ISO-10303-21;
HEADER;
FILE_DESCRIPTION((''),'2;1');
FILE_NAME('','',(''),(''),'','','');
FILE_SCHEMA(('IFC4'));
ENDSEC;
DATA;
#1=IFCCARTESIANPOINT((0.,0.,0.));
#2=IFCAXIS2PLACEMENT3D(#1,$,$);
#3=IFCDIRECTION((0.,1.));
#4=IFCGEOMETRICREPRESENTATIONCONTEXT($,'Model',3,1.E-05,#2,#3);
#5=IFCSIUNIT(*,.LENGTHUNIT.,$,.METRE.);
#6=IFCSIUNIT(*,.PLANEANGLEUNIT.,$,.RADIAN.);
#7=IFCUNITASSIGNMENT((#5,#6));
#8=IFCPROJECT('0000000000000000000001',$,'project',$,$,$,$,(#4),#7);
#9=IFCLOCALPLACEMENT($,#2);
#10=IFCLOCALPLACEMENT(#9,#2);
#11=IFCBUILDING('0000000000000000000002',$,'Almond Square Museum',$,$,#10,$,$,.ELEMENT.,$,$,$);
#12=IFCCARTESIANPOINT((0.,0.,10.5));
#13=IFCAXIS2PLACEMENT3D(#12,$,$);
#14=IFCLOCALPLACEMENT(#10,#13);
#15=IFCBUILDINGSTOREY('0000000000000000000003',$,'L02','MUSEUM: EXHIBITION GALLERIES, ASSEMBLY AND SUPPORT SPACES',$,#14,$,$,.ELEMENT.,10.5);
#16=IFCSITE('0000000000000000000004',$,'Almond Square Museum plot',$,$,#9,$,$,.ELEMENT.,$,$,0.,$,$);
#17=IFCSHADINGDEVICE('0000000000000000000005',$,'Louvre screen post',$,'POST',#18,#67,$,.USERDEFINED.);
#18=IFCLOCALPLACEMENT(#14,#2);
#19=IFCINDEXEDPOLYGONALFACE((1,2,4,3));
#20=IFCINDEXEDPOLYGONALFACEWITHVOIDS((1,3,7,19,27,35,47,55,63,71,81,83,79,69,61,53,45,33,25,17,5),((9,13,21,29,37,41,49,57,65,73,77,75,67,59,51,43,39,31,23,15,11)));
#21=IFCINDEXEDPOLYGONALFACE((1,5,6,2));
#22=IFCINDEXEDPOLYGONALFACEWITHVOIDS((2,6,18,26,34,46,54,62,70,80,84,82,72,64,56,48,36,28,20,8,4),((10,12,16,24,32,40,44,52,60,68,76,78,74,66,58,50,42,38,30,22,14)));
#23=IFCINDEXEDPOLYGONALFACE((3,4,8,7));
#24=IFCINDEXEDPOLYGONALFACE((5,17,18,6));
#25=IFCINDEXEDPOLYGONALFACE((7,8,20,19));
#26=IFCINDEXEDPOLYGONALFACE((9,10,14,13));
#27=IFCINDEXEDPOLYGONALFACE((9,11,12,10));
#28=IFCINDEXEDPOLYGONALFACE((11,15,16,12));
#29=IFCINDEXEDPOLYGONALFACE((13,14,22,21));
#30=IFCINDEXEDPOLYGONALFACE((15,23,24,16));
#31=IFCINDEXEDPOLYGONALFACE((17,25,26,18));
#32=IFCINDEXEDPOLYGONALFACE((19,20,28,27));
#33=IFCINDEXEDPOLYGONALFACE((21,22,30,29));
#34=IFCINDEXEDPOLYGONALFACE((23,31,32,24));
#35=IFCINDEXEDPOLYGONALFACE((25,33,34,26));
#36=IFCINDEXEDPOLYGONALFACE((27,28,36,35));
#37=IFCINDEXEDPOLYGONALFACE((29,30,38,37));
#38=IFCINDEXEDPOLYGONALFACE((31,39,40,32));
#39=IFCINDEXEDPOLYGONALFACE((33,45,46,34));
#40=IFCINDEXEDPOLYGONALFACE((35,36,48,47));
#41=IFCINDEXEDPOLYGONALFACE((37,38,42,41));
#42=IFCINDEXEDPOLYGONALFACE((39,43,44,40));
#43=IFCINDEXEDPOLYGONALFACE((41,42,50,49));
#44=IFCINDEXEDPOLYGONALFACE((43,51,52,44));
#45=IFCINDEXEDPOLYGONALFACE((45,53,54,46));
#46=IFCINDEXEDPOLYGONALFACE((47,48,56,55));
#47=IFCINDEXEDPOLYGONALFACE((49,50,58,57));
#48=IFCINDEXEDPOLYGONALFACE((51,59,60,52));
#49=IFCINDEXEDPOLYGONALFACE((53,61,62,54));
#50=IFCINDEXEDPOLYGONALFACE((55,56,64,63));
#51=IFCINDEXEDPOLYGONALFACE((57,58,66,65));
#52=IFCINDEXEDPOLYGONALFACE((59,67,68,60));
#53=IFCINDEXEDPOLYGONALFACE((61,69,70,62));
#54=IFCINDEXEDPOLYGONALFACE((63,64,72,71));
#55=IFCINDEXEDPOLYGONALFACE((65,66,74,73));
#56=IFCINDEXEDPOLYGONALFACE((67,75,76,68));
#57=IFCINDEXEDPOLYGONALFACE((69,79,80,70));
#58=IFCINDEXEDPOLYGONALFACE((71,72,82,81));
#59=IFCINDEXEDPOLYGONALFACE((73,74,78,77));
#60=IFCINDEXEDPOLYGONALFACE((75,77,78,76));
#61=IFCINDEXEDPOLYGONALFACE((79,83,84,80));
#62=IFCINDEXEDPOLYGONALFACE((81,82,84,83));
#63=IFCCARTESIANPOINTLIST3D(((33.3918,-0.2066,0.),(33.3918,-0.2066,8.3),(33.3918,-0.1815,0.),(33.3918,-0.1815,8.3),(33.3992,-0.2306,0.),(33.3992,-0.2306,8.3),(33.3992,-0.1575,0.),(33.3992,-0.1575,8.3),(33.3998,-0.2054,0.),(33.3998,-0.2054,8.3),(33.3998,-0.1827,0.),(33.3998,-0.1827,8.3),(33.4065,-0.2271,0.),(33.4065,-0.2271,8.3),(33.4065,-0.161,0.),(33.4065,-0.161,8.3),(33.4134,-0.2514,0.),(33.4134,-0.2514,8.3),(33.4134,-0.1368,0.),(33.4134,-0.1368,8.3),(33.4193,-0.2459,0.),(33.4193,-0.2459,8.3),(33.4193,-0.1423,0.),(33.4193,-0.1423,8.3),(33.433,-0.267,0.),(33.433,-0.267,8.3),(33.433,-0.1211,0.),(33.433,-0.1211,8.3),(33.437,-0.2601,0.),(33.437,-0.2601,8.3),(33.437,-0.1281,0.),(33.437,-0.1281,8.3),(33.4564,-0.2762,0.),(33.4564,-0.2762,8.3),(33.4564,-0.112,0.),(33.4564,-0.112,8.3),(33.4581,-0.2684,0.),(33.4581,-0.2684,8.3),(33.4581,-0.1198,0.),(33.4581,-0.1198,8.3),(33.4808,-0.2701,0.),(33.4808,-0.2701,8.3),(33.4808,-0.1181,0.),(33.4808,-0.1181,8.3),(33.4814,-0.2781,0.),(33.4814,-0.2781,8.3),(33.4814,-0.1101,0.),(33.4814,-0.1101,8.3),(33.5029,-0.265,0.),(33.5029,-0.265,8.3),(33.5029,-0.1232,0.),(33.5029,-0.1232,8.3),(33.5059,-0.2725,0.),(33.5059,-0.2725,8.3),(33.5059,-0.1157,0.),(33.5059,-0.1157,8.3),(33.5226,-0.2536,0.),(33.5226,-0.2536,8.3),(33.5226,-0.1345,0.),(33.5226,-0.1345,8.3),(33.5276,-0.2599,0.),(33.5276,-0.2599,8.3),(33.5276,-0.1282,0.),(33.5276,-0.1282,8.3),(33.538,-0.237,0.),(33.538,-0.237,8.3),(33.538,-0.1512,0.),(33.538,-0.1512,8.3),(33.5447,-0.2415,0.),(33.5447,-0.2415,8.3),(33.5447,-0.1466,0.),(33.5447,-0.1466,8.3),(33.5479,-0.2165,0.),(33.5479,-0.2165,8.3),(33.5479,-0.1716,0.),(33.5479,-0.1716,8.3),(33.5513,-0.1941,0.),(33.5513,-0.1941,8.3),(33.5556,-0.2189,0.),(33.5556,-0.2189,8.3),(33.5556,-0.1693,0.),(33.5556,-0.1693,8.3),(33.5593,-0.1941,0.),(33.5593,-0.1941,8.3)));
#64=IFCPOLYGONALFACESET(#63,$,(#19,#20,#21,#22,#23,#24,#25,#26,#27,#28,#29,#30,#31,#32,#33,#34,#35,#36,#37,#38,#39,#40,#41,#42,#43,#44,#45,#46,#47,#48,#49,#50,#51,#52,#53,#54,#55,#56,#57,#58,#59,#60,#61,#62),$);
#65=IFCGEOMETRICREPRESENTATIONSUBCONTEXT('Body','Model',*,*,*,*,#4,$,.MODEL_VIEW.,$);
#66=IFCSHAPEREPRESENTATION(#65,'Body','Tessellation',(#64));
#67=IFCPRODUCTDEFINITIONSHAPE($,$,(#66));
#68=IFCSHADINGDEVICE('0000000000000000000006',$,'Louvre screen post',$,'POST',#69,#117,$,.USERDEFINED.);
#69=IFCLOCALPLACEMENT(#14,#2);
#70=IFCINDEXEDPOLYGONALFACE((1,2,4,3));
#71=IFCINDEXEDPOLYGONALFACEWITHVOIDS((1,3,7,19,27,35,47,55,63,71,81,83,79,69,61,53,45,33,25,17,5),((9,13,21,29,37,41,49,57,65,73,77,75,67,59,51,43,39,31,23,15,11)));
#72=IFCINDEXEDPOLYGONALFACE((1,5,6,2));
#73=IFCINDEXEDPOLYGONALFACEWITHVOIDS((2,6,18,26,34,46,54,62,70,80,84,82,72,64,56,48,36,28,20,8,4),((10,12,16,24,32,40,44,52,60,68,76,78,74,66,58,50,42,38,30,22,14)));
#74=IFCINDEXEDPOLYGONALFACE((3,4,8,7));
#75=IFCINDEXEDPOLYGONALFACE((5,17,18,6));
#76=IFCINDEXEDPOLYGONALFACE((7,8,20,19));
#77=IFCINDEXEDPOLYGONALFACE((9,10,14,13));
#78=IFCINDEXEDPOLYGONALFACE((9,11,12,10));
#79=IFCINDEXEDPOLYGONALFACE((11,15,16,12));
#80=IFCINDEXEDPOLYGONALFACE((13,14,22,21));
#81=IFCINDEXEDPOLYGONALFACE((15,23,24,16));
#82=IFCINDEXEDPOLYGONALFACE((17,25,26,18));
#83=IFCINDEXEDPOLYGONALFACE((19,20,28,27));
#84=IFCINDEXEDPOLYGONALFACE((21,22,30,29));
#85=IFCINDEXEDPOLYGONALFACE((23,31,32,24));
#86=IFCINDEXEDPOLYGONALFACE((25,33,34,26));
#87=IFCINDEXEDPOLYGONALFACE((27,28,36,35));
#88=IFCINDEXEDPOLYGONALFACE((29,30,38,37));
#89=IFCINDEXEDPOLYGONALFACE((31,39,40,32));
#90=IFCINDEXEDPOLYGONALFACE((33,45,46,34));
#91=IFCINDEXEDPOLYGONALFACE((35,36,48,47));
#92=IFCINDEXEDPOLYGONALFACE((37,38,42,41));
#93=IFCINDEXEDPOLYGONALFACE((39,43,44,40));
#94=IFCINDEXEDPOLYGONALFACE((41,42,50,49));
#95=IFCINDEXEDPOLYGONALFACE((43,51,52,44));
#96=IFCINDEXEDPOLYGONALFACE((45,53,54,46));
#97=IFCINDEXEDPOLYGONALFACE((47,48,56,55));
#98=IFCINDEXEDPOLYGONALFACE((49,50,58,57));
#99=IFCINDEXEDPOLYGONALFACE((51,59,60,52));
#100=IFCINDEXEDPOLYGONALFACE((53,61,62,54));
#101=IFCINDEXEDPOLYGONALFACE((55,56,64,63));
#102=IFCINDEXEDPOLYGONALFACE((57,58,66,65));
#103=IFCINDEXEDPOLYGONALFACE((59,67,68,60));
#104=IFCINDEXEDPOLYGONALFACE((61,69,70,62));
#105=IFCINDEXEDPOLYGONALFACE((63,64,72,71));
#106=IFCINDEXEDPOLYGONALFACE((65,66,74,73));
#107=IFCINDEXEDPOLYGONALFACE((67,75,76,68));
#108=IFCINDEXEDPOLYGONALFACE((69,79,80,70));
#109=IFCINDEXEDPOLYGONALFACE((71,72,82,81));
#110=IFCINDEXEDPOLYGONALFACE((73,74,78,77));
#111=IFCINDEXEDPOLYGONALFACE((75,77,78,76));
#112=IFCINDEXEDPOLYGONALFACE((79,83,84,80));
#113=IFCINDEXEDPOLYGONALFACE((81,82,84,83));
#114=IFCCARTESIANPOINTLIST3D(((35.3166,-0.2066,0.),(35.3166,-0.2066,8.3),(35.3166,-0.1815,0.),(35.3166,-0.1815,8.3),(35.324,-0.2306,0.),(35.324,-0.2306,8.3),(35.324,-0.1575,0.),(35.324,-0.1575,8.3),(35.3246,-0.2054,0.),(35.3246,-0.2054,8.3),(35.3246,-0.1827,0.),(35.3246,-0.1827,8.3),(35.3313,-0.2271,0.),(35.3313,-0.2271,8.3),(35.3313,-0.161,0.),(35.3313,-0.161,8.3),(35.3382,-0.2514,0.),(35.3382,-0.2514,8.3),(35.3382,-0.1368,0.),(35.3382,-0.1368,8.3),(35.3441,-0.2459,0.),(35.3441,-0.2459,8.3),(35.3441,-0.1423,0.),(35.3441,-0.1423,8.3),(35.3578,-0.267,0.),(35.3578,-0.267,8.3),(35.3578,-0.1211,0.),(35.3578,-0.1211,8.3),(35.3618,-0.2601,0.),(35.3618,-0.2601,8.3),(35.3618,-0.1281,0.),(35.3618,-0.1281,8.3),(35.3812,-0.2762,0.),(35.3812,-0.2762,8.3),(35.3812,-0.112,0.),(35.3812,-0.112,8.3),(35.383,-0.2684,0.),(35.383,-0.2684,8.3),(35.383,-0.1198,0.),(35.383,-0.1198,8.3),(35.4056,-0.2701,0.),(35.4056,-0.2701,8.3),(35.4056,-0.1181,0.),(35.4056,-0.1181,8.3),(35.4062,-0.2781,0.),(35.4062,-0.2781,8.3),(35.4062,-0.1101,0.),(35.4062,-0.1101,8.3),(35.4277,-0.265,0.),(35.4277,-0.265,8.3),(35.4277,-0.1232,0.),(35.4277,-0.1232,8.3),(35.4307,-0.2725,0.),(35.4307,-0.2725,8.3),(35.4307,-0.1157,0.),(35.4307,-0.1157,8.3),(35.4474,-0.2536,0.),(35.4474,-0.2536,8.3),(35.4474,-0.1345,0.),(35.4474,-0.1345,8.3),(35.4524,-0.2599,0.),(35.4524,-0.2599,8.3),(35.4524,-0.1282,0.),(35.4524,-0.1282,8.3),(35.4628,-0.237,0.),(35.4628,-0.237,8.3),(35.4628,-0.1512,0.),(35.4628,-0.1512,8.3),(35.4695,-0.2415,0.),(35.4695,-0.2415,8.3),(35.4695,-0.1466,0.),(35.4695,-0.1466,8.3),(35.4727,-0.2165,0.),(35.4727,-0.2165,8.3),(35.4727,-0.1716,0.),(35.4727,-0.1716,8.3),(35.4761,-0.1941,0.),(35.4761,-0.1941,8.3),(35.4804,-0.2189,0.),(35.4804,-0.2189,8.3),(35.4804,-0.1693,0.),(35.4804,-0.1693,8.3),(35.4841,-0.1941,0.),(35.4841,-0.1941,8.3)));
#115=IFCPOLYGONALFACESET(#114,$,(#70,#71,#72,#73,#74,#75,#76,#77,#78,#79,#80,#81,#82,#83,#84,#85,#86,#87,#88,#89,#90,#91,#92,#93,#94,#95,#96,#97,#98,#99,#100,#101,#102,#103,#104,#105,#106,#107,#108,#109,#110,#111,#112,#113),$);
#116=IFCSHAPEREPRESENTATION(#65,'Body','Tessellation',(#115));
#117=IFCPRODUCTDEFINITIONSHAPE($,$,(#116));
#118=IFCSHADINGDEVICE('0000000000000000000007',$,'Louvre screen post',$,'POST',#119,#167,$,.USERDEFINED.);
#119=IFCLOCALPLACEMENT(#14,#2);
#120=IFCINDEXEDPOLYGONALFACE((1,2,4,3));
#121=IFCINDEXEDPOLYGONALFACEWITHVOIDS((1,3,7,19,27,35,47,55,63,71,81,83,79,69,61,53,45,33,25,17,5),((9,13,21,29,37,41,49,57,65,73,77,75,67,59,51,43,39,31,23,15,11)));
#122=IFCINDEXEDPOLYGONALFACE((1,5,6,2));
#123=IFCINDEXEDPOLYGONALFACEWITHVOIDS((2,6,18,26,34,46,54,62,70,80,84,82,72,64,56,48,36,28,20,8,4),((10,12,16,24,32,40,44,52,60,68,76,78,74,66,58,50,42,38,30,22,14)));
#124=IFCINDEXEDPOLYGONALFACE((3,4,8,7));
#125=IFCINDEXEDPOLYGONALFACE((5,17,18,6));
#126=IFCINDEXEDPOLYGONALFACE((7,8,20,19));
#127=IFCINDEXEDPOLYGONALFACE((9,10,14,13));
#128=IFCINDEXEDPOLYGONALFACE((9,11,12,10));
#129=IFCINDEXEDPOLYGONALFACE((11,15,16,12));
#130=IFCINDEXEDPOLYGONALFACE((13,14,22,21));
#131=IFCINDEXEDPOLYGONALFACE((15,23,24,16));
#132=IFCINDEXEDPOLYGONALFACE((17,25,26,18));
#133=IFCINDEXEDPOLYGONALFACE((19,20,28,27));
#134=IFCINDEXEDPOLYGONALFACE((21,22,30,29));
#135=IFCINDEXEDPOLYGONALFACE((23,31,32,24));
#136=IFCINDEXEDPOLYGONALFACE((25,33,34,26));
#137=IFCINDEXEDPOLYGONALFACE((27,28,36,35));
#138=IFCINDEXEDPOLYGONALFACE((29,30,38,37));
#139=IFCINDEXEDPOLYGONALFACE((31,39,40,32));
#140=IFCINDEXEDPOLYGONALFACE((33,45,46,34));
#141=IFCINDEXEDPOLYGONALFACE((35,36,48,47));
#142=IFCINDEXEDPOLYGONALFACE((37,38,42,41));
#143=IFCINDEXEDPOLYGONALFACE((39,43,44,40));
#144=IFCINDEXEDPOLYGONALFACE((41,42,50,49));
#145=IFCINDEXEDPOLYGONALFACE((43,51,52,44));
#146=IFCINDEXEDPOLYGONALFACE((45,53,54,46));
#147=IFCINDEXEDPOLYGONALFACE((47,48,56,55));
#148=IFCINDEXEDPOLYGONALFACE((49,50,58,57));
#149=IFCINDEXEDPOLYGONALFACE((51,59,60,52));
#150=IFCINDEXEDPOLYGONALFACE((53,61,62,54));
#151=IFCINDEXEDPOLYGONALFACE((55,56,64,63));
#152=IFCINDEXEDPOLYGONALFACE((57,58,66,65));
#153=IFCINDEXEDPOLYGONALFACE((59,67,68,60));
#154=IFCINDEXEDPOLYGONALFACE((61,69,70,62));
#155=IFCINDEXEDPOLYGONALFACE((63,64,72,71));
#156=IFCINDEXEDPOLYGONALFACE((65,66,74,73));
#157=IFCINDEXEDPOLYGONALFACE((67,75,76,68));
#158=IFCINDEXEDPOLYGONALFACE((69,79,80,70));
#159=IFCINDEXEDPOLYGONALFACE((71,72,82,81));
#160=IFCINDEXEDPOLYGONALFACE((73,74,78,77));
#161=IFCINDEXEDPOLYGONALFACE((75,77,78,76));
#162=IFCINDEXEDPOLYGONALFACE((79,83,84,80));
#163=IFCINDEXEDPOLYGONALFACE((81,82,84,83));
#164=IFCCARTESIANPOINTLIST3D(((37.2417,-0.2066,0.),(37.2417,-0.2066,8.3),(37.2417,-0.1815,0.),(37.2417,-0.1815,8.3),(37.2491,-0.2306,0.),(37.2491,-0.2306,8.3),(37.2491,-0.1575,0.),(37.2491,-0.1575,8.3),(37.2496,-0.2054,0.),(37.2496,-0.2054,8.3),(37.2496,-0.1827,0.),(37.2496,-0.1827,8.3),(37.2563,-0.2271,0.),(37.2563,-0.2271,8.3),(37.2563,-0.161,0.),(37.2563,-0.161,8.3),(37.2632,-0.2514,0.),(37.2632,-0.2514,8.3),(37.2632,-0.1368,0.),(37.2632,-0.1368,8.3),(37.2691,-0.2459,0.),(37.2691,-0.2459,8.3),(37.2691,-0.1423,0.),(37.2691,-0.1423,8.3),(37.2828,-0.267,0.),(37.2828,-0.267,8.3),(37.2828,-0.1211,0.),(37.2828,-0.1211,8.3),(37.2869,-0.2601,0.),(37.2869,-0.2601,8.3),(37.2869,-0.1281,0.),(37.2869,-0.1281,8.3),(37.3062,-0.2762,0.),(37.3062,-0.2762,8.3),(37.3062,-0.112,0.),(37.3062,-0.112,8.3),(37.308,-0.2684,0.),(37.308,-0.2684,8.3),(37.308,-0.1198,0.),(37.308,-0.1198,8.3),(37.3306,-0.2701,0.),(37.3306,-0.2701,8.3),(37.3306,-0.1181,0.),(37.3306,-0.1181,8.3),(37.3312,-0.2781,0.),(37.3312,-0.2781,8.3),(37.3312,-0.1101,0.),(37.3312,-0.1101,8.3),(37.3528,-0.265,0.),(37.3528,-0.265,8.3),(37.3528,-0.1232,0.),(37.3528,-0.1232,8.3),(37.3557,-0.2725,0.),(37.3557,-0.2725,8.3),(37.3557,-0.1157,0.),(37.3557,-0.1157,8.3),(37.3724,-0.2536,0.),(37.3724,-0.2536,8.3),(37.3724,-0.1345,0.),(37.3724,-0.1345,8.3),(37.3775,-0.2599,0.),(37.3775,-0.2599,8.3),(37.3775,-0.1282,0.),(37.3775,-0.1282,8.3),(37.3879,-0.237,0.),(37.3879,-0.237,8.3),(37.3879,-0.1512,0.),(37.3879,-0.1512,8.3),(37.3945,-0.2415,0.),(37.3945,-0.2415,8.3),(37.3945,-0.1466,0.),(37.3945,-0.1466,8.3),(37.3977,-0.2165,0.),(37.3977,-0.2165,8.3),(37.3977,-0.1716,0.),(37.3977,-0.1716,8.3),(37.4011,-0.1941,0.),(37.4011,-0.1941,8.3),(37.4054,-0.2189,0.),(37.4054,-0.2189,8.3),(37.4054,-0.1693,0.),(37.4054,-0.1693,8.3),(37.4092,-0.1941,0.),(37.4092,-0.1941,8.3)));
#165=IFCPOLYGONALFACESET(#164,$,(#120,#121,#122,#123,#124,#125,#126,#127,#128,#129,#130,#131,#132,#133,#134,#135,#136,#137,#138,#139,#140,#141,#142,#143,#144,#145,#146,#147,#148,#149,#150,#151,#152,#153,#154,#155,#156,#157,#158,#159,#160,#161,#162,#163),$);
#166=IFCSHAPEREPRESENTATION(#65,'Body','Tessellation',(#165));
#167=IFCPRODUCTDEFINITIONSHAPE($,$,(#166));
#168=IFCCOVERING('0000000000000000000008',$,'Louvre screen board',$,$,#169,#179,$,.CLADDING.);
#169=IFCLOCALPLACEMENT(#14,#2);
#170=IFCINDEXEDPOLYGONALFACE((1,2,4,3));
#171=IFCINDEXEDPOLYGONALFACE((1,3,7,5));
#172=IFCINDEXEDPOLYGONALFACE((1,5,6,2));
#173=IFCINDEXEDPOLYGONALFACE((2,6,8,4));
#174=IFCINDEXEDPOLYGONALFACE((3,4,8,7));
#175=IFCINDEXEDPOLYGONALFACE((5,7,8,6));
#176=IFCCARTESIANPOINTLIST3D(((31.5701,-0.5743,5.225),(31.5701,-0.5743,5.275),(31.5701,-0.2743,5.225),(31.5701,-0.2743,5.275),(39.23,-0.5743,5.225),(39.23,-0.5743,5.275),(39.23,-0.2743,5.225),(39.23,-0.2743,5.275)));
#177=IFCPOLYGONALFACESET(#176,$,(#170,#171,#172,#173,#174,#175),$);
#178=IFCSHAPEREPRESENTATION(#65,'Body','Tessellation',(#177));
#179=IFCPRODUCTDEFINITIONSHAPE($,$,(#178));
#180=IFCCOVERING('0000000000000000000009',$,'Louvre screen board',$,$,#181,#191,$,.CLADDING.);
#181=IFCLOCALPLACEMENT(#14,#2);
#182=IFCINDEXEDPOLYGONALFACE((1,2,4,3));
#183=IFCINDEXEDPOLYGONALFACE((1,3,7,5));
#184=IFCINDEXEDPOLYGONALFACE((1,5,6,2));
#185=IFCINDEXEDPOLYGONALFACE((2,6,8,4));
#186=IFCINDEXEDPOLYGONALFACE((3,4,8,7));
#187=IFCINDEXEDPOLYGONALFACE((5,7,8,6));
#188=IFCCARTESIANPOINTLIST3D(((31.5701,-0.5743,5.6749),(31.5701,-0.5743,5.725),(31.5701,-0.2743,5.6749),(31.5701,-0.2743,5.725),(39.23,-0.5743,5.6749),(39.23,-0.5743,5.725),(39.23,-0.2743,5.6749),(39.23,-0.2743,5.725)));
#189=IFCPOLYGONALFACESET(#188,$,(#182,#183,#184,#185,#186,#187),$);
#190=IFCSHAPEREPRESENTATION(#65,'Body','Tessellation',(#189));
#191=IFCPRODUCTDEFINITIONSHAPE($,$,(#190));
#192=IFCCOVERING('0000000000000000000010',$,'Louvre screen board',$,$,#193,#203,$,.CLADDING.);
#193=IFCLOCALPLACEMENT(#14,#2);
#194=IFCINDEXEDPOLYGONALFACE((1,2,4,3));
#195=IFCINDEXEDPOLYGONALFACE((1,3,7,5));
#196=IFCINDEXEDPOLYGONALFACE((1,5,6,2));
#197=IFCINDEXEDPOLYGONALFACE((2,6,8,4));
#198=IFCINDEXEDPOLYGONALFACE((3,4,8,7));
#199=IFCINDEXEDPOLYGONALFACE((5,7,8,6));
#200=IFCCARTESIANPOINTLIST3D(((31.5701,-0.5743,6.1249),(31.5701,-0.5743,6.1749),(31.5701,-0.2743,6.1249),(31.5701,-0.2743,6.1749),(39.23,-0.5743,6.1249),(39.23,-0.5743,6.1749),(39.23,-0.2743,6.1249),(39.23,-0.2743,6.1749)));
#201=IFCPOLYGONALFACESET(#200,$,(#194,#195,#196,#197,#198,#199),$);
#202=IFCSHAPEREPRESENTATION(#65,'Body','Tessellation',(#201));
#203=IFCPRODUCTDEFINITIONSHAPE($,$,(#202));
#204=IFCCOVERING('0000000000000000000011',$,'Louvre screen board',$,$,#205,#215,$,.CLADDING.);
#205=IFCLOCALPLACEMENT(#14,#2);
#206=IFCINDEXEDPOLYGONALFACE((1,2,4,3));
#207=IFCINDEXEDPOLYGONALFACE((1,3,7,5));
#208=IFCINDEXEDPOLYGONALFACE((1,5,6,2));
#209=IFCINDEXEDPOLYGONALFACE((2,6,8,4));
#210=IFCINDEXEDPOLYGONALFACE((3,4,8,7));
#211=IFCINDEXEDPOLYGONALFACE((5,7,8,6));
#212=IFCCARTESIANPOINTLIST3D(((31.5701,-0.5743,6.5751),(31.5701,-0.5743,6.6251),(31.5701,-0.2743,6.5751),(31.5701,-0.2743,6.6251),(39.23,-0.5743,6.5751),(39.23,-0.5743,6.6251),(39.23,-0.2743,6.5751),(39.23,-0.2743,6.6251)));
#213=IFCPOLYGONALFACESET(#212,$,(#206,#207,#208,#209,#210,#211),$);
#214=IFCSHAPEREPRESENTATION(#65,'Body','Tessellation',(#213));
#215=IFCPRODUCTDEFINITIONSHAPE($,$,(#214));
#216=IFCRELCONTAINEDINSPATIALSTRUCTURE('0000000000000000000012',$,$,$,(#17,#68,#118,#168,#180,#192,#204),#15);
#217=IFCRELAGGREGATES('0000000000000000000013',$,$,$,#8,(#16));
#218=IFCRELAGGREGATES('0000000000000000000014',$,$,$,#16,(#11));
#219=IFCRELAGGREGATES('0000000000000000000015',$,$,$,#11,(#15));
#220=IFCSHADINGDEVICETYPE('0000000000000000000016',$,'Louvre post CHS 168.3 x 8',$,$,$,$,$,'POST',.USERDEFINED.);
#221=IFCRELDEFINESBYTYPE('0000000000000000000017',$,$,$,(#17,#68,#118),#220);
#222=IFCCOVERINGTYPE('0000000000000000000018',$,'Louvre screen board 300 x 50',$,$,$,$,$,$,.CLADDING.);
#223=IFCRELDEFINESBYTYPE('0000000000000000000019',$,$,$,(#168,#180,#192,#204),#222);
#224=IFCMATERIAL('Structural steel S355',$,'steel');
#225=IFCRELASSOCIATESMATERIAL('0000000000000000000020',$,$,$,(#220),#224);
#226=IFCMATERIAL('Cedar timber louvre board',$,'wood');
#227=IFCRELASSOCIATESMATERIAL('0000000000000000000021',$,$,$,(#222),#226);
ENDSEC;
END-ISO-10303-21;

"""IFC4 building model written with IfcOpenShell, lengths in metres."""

from ifc_helpers import new_model, si_unit, direction, frame, origin, origin_2d, place, context, subcontext, project, spatial, rectangle, hollow_circle, extrude, material, material_profile, profile_set, type_object, element, save


model = new_model("IFC4")

# Units and contexts
model_context = context("Model", 3, precision=1e-05, world=origin(), true_north=direction((0.0, 1.0)))
body_context = subcontext(model_context, "Body", "Model", "MODEL_VIEW")
ifc_project = project(units=[si_unit("LENGTHUNIT", "METRE"), si_unit("PLANEANGLEUNIT", "RADIAN")], contexts=[model_context])

# Site, building, storey
site_placement = place(None, origin())
site = spatial("IfcSite", under=ifc_project, at=site_placement, Name="Almond Square Museum plot", CompositionType="ELEMENT", RefElevation=0.0)
building_placement = place(site_placement, origin())
building = spatial("IfcBuilding", under=site, at=building_placement, Name="Almond Square Museum", CompositionType="ELEMENT")
storey_placement = place(building_placement, frame((0.0, 0.0, 10.5)))
storey = spatial("IfcBuildingStorey", under=building, at=storey_placement, Name="L02", Description="MUSEUM: EXHIBITION GALLERIES, ASSEMBLY AND SUPPORT SPACES", CompositionType="ELEMENT", Elevation=10.5)

# Shading devices
ifc_material_1 = material(Name="Structural steel S355", Category="steel")
ifc_material_profile_1 = material_profile(ifc_material_1, hollow_circle(Radius=0.0842, WallThickness=0.0081, at=origin_2d()))
ifc_profile_set_1 = profile_set([ifc_material_profile_1], Name="Structural steel S355")
shading_device_type = type_object("IfcShadingDeviceType", Name="Louvre post CHS 168.3 x 8", ElementType="POST", PredefinedType="USERDEFINED", material=ifc_profile_set_1)
for number, where, z_axis, x_axis, name in (
    (1, (33.4751, -0.1941, 0.0), (0.0, 0.0, 1.0), (1.0, 0.0, 0.0), "Louvre screen post"),
    (2, (35.3999, -0.1941, 0.0), (0.0, 0.0, 1.0), (1.0, 0.0, 0.0), "Louvre screen post"),
    (3, (37.325, -0.1941, 0.0), (0.0, 0.0, 1.0), (1.0, 0.0, 0.0), "Louvre screen post"),
):
    element("IfcShadingDevice", number, at=place(storey_placement, frame(where, z_axis=z_axis, x_axis=x_axis)), inside=storey, type_object=shading_device_type, Name=name, ObjectType="POST", PredefinedType="USERDEFINED", context=body_context, shape_type="SweptSolid", body=[
        extrude(hollow_circle(Radius=0.0842, WallThickness=0.0081, at=origin_2d()), origin(), (0.0, 0.0, 1.0), 8.3),
    ])

# Coverings
ifc_material_2 = material(Name="Cedar timber louvre board", Category="wood")
ifc_material_profile_2 = material_profile(ifc_material_2, rectangle(XDim=0.3, YDim=0.05, at=origin_2d()))
ifc_profile_set_2 = profile_set([ifc_material_profile_2], Name="Cedar timber louvre board")
covering_type = type_object("IfcCoveringType", Name="Louvre screen board 300 x 50", PredefinedType="CLADDING", material=ifc_profile_set_2)
for number, where, z_axis, x_axis, name in (
    (4, (31.5701, -0.4243, 5.25), (1.0, 0.0, 0.0), (0.0, 1.0, 0.0), "Louvre screen board"),
    (5, (31.5701, -0.4243, 5.7), (1.0, 0.0, 0.0), (0.0, 1.0, 0.0), "Louvre screen board"),
    (6, (31.5701, -0.4243, 6.1499), (1.0, 0.0, 0.0), (0.0, 1.0, 0.0), "Louvre screen board"),
    (7, (31.5701, -0.4243, 6.6001), (1.0, 0.0, 0.0), (0.0, 1.0, 0.0), "Louvre screen board"),
):
    element("IfcCovering", number, at=place(storey_placement, frame(where, z_axis=z_axis, x_axis=x_axis)), inside=storey, type_object=covering_type, Name=name, PredefinedType="CLADDING", context=body_context, shape_type="SweptSolid", body=[
        extrude(rectangle(XDim=0.3, YDim=0.05, at=origin_2d()), origin(), (0.0, 0.0, 1.0), 7.6599),
    ])

save(model, "model.ifc")
